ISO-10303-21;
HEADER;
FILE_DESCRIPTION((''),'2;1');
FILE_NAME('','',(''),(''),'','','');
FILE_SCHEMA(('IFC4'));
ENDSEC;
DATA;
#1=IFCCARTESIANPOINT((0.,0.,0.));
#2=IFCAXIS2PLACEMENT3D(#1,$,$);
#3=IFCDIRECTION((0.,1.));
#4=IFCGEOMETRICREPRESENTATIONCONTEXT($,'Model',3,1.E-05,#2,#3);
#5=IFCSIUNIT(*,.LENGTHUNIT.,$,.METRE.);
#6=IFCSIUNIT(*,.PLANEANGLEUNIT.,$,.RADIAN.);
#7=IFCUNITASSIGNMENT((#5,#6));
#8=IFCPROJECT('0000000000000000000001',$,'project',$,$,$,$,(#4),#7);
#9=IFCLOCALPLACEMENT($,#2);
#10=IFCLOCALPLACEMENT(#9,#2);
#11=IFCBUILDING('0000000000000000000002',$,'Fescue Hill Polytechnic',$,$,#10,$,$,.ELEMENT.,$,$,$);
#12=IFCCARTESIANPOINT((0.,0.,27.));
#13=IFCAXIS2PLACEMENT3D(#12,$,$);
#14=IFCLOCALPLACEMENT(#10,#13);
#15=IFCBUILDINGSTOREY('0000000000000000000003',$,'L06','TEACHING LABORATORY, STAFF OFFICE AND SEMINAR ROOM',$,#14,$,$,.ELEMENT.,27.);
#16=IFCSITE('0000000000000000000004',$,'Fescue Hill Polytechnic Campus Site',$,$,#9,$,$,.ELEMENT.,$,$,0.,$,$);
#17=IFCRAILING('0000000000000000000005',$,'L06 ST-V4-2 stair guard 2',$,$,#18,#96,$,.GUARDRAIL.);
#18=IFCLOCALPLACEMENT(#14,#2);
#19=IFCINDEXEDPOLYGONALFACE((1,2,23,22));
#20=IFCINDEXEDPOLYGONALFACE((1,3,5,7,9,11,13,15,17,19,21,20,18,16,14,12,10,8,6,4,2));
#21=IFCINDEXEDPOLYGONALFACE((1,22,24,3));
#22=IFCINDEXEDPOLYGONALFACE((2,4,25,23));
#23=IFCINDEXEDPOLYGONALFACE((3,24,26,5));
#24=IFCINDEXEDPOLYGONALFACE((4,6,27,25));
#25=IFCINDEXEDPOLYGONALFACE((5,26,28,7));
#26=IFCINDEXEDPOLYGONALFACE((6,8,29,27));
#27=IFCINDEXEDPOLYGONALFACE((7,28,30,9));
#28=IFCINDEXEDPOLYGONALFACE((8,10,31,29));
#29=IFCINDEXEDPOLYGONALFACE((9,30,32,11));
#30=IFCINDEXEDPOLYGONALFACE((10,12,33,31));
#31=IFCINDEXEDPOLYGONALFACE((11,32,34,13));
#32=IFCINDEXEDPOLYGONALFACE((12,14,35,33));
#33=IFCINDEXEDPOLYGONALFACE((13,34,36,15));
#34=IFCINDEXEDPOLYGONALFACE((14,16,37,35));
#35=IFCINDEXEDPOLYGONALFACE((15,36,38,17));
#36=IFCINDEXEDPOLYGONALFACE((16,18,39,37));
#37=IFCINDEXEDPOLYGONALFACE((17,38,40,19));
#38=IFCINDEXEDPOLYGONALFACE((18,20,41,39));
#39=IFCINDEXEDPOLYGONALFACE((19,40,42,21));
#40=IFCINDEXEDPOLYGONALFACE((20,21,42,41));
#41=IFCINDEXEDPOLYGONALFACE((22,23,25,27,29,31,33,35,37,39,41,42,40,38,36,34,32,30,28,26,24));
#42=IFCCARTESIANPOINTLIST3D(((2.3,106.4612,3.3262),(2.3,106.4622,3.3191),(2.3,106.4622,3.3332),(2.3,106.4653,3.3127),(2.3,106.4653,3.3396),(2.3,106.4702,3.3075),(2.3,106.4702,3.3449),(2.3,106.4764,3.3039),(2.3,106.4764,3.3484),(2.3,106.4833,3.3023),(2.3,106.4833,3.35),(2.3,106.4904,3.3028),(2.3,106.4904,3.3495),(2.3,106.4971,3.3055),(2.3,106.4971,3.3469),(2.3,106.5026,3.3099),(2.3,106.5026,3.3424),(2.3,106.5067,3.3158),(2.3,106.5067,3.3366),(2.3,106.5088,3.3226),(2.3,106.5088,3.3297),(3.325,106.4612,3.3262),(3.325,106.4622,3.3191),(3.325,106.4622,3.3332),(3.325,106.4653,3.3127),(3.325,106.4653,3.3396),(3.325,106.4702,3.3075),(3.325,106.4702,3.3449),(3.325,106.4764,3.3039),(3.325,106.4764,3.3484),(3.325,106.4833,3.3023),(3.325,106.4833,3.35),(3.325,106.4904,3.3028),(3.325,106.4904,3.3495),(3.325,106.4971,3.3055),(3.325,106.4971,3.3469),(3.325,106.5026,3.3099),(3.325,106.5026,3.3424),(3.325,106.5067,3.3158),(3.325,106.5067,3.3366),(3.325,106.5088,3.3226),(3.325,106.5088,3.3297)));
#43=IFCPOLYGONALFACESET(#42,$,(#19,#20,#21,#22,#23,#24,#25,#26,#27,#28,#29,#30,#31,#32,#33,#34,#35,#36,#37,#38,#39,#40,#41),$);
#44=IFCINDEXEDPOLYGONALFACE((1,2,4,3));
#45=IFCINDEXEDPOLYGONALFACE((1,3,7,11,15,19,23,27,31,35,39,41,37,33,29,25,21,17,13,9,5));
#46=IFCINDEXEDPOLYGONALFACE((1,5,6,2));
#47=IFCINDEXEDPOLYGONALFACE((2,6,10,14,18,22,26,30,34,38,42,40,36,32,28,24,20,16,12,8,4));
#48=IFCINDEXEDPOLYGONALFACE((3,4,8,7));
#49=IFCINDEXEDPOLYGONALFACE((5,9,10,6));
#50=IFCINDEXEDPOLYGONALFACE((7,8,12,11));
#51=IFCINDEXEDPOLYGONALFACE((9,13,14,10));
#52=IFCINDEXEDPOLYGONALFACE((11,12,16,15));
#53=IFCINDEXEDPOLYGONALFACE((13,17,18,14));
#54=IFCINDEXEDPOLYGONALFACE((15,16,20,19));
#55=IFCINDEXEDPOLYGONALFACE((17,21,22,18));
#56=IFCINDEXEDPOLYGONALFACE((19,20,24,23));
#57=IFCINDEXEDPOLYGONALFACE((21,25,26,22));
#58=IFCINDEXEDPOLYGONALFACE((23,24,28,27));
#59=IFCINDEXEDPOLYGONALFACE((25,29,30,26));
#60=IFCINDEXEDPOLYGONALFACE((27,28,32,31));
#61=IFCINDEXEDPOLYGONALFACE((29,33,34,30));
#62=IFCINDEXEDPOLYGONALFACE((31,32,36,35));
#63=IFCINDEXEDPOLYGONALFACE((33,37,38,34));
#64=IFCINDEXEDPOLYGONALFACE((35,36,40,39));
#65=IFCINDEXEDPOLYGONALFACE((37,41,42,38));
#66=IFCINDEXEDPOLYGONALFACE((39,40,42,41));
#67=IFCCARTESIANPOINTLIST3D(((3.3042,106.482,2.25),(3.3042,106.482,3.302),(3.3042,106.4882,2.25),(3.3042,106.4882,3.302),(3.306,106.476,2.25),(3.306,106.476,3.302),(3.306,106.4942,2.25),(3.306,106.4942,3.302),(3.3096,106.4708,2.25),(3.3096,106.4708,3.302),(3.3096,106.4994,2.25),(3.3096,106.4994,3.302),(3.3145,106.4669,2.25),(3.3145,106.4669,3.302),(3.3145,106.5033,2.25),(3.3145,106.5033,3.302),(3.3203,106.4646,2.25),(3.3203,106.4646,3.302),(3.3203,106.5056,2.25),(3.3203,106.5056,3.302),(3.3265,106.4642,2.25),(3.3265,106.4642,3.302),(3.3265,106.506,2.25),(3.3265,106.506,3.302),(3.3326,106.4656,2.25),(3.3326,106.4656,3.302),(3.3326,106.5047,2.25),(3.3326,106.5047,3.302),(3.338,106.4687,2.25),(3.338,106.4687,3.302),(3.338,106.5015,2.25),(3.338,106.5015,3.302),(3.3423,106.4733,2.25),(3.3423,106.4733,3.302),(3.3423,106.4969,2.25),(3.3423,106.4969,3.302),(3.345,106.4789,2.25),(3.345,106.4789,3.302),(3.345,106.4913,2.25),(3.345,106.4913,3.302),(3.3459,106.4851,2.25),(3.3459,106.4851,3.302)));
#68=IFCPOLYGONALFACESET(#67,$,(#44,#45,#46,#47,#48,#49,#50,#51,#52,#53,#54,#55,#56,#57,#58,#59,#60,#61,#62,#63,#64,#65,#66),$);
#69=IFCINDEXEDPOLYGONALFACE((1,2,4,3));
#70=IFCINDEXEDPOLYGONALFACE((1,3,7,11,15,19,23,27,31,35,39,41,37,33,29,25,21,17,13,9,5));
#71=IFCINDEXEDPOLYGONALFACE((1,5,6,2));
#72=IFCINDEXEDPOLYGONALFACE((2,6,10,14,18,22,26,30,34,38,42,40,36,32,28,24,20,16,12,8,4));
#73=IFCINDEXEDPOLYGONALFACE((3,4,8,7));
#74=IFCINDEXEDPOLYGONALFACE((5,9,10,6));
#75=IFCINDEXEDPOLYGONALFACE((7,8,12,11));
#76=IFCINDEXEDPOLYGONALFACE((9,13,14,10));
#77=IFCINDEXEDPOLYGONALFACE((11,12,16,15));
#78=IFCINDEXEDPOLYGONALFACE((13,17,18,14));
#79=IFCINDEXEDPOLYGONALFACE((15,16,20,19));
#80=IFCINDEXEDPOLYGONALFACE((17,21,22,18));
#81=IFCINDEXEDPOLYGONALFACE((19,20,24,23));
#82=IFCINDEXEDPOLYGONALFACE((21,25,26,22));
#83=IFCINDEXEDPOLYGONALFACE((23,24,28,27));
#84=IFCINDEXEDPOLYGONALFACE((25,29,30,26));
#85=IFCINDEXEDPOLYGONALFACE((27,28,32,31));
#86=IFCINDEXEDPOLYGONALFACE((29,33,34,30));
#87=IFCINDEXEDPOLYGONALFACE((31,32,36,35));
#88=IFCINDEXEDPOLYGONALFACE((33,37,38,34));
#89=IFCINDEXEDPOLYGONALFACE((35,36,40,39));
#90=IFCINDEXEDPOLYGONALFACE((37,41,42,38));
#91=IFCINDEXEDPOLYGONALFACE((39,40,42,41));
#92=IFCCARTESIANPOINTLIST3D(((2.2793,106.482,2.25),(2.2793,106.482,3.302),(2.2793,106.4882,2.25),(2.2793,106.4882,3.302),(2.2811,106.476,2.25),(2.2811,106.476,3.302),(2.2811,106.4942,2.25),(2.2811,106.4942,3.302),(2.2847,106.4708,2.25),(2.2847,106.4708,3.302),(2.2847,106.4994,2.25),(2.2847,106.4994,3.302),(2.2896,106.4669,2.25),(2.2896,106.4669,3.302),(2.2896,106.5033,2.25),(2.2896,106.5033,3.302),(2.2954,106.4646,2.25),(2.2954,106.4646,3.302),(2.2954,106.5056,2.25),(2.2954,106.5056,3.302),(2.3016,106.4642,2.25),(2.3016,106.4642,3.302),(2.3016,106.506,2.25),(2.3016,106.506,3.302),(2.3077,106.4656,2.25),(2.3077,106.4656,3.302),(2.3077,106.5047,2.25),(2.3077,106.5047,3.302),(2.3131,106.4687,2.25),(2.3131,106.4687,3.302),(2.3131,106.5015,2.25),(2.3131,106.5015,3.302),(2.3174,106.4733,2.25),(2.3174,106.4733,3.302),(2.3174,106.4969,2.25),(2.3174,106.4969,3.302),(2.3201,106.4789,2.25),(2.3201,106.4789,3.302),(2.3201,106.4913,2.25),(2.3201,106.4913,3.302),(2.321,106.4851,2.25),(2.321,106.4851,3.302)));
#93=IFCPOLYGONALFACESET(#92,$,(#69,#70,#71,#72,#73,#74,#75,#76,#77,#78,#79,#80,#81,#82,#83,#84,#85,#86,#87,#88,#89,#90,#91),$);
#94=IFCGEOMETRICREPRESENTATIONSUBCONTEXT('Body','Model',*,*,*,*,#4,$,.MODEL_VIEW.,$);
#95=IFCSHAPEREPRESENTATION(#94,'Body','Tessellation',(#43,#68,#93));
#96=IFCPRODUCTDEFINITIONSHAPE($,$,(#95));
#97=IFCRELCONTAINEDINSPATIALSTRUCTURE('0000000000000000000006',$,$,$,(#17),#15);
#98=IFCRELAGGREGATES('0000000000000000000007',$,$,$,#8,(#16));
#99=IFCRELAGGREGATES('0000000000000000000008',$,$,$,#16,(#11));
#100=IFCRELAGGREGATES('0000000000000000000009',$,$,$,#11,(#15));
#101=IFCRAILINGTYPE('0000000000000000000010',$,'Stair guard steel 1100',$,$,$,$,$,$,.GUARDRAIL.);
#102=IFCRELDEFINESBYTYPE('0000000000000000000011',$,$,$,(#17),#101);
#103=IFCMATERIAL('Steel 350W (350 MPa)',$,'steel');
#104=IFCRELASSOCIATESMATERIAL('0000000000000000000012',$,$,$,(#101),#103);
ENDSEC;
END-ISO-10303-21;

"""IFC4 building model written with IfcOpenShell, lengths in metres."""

from ifc_helpers import new_model, si_unit, direction, frame, origin, origin_2d, place, context, subcontext, project, spatial, circle, extrude, material, type_object, element, save


model = new_model("IFC4")

# Units and contexts
model_context = context("Model", 3, precision=1e-05, world=origin(), true_north=direction((0.0, 1.0)))
body_context = subcontext(model_context, "Body", "Model", "MODEL_VIEW")
ifc_project = project(units=[si_unit("LENGTHUNIT", "METRE"), si_unit("PLANEANGLEUNIT", "RADIAN")], contexts=[model_context])

# Site, building, storey
site_placement = place(None, origin())
site = spatial("IfcSite", under=ifc_project, at=site_placement, Name="Fescue Hill Polytechnic Campus Site", CompositionType="ELEMENT", RefElevation=0.0)
building_placement = place(site_placement, origin())
building = spatial("IfcBuilding", under=site, at=building_placement, Name="Fescue Hill Polytechnic", CompositionType="ELEMENT")
storey_placement = place(building_placement, frame((0.0, 0.0, 27.0)))
storey = spatial("IfcBuildingStorey", under=building, at=storey_placement, Name="L06", Description="TEACHING LABORATORY, STAFF OFFICE AND SEMINAR ROOM", CompositionType="ELEMENT", Elevation=27.0)

# Railing
ifc_material_1 = material(Name="Steel 350W (350 MPa)", Category="steel")
railing_type_1 = type_object("IfcRailingType", Name="Stair guard steel 1100", PredefinedType="GUARDRAIL", material=ifc_material_1)
railing_1_placement = place(storey_placement, frame((3.325, 106.4851, 2.25)))
element("IfcRailing", 1, at=railing_1_placement, inside=storey, type_object=railing_type_1, Name="L06 ST-V4-2 stair guard 2", PredefinedType="GUARDRAIL", context=body_context, shape_type="SweptSolid", body=[
    extrude(circle(Radius=0.0239, at=origin_2d()), frame((0.0, 0.0, 1.0762), z_axis=(-1.0, 0.0, 0.0), x_axis=(0.0, -1.0, 0.0)), (0.0, 0.0, 1.0), 1.0249),
    extrude(circle(Radius=0.021, at=origin_2d()), origin(), (0.0, 0.0, 1.0), 1.052),
    extrude(circle(Radius=0.021, at=origin_2d()), frame((-1.0249, 0.0, 0.0)), (0.0, 0.0, 1.0), 1.052),
])

save(model, "model.ifc")
